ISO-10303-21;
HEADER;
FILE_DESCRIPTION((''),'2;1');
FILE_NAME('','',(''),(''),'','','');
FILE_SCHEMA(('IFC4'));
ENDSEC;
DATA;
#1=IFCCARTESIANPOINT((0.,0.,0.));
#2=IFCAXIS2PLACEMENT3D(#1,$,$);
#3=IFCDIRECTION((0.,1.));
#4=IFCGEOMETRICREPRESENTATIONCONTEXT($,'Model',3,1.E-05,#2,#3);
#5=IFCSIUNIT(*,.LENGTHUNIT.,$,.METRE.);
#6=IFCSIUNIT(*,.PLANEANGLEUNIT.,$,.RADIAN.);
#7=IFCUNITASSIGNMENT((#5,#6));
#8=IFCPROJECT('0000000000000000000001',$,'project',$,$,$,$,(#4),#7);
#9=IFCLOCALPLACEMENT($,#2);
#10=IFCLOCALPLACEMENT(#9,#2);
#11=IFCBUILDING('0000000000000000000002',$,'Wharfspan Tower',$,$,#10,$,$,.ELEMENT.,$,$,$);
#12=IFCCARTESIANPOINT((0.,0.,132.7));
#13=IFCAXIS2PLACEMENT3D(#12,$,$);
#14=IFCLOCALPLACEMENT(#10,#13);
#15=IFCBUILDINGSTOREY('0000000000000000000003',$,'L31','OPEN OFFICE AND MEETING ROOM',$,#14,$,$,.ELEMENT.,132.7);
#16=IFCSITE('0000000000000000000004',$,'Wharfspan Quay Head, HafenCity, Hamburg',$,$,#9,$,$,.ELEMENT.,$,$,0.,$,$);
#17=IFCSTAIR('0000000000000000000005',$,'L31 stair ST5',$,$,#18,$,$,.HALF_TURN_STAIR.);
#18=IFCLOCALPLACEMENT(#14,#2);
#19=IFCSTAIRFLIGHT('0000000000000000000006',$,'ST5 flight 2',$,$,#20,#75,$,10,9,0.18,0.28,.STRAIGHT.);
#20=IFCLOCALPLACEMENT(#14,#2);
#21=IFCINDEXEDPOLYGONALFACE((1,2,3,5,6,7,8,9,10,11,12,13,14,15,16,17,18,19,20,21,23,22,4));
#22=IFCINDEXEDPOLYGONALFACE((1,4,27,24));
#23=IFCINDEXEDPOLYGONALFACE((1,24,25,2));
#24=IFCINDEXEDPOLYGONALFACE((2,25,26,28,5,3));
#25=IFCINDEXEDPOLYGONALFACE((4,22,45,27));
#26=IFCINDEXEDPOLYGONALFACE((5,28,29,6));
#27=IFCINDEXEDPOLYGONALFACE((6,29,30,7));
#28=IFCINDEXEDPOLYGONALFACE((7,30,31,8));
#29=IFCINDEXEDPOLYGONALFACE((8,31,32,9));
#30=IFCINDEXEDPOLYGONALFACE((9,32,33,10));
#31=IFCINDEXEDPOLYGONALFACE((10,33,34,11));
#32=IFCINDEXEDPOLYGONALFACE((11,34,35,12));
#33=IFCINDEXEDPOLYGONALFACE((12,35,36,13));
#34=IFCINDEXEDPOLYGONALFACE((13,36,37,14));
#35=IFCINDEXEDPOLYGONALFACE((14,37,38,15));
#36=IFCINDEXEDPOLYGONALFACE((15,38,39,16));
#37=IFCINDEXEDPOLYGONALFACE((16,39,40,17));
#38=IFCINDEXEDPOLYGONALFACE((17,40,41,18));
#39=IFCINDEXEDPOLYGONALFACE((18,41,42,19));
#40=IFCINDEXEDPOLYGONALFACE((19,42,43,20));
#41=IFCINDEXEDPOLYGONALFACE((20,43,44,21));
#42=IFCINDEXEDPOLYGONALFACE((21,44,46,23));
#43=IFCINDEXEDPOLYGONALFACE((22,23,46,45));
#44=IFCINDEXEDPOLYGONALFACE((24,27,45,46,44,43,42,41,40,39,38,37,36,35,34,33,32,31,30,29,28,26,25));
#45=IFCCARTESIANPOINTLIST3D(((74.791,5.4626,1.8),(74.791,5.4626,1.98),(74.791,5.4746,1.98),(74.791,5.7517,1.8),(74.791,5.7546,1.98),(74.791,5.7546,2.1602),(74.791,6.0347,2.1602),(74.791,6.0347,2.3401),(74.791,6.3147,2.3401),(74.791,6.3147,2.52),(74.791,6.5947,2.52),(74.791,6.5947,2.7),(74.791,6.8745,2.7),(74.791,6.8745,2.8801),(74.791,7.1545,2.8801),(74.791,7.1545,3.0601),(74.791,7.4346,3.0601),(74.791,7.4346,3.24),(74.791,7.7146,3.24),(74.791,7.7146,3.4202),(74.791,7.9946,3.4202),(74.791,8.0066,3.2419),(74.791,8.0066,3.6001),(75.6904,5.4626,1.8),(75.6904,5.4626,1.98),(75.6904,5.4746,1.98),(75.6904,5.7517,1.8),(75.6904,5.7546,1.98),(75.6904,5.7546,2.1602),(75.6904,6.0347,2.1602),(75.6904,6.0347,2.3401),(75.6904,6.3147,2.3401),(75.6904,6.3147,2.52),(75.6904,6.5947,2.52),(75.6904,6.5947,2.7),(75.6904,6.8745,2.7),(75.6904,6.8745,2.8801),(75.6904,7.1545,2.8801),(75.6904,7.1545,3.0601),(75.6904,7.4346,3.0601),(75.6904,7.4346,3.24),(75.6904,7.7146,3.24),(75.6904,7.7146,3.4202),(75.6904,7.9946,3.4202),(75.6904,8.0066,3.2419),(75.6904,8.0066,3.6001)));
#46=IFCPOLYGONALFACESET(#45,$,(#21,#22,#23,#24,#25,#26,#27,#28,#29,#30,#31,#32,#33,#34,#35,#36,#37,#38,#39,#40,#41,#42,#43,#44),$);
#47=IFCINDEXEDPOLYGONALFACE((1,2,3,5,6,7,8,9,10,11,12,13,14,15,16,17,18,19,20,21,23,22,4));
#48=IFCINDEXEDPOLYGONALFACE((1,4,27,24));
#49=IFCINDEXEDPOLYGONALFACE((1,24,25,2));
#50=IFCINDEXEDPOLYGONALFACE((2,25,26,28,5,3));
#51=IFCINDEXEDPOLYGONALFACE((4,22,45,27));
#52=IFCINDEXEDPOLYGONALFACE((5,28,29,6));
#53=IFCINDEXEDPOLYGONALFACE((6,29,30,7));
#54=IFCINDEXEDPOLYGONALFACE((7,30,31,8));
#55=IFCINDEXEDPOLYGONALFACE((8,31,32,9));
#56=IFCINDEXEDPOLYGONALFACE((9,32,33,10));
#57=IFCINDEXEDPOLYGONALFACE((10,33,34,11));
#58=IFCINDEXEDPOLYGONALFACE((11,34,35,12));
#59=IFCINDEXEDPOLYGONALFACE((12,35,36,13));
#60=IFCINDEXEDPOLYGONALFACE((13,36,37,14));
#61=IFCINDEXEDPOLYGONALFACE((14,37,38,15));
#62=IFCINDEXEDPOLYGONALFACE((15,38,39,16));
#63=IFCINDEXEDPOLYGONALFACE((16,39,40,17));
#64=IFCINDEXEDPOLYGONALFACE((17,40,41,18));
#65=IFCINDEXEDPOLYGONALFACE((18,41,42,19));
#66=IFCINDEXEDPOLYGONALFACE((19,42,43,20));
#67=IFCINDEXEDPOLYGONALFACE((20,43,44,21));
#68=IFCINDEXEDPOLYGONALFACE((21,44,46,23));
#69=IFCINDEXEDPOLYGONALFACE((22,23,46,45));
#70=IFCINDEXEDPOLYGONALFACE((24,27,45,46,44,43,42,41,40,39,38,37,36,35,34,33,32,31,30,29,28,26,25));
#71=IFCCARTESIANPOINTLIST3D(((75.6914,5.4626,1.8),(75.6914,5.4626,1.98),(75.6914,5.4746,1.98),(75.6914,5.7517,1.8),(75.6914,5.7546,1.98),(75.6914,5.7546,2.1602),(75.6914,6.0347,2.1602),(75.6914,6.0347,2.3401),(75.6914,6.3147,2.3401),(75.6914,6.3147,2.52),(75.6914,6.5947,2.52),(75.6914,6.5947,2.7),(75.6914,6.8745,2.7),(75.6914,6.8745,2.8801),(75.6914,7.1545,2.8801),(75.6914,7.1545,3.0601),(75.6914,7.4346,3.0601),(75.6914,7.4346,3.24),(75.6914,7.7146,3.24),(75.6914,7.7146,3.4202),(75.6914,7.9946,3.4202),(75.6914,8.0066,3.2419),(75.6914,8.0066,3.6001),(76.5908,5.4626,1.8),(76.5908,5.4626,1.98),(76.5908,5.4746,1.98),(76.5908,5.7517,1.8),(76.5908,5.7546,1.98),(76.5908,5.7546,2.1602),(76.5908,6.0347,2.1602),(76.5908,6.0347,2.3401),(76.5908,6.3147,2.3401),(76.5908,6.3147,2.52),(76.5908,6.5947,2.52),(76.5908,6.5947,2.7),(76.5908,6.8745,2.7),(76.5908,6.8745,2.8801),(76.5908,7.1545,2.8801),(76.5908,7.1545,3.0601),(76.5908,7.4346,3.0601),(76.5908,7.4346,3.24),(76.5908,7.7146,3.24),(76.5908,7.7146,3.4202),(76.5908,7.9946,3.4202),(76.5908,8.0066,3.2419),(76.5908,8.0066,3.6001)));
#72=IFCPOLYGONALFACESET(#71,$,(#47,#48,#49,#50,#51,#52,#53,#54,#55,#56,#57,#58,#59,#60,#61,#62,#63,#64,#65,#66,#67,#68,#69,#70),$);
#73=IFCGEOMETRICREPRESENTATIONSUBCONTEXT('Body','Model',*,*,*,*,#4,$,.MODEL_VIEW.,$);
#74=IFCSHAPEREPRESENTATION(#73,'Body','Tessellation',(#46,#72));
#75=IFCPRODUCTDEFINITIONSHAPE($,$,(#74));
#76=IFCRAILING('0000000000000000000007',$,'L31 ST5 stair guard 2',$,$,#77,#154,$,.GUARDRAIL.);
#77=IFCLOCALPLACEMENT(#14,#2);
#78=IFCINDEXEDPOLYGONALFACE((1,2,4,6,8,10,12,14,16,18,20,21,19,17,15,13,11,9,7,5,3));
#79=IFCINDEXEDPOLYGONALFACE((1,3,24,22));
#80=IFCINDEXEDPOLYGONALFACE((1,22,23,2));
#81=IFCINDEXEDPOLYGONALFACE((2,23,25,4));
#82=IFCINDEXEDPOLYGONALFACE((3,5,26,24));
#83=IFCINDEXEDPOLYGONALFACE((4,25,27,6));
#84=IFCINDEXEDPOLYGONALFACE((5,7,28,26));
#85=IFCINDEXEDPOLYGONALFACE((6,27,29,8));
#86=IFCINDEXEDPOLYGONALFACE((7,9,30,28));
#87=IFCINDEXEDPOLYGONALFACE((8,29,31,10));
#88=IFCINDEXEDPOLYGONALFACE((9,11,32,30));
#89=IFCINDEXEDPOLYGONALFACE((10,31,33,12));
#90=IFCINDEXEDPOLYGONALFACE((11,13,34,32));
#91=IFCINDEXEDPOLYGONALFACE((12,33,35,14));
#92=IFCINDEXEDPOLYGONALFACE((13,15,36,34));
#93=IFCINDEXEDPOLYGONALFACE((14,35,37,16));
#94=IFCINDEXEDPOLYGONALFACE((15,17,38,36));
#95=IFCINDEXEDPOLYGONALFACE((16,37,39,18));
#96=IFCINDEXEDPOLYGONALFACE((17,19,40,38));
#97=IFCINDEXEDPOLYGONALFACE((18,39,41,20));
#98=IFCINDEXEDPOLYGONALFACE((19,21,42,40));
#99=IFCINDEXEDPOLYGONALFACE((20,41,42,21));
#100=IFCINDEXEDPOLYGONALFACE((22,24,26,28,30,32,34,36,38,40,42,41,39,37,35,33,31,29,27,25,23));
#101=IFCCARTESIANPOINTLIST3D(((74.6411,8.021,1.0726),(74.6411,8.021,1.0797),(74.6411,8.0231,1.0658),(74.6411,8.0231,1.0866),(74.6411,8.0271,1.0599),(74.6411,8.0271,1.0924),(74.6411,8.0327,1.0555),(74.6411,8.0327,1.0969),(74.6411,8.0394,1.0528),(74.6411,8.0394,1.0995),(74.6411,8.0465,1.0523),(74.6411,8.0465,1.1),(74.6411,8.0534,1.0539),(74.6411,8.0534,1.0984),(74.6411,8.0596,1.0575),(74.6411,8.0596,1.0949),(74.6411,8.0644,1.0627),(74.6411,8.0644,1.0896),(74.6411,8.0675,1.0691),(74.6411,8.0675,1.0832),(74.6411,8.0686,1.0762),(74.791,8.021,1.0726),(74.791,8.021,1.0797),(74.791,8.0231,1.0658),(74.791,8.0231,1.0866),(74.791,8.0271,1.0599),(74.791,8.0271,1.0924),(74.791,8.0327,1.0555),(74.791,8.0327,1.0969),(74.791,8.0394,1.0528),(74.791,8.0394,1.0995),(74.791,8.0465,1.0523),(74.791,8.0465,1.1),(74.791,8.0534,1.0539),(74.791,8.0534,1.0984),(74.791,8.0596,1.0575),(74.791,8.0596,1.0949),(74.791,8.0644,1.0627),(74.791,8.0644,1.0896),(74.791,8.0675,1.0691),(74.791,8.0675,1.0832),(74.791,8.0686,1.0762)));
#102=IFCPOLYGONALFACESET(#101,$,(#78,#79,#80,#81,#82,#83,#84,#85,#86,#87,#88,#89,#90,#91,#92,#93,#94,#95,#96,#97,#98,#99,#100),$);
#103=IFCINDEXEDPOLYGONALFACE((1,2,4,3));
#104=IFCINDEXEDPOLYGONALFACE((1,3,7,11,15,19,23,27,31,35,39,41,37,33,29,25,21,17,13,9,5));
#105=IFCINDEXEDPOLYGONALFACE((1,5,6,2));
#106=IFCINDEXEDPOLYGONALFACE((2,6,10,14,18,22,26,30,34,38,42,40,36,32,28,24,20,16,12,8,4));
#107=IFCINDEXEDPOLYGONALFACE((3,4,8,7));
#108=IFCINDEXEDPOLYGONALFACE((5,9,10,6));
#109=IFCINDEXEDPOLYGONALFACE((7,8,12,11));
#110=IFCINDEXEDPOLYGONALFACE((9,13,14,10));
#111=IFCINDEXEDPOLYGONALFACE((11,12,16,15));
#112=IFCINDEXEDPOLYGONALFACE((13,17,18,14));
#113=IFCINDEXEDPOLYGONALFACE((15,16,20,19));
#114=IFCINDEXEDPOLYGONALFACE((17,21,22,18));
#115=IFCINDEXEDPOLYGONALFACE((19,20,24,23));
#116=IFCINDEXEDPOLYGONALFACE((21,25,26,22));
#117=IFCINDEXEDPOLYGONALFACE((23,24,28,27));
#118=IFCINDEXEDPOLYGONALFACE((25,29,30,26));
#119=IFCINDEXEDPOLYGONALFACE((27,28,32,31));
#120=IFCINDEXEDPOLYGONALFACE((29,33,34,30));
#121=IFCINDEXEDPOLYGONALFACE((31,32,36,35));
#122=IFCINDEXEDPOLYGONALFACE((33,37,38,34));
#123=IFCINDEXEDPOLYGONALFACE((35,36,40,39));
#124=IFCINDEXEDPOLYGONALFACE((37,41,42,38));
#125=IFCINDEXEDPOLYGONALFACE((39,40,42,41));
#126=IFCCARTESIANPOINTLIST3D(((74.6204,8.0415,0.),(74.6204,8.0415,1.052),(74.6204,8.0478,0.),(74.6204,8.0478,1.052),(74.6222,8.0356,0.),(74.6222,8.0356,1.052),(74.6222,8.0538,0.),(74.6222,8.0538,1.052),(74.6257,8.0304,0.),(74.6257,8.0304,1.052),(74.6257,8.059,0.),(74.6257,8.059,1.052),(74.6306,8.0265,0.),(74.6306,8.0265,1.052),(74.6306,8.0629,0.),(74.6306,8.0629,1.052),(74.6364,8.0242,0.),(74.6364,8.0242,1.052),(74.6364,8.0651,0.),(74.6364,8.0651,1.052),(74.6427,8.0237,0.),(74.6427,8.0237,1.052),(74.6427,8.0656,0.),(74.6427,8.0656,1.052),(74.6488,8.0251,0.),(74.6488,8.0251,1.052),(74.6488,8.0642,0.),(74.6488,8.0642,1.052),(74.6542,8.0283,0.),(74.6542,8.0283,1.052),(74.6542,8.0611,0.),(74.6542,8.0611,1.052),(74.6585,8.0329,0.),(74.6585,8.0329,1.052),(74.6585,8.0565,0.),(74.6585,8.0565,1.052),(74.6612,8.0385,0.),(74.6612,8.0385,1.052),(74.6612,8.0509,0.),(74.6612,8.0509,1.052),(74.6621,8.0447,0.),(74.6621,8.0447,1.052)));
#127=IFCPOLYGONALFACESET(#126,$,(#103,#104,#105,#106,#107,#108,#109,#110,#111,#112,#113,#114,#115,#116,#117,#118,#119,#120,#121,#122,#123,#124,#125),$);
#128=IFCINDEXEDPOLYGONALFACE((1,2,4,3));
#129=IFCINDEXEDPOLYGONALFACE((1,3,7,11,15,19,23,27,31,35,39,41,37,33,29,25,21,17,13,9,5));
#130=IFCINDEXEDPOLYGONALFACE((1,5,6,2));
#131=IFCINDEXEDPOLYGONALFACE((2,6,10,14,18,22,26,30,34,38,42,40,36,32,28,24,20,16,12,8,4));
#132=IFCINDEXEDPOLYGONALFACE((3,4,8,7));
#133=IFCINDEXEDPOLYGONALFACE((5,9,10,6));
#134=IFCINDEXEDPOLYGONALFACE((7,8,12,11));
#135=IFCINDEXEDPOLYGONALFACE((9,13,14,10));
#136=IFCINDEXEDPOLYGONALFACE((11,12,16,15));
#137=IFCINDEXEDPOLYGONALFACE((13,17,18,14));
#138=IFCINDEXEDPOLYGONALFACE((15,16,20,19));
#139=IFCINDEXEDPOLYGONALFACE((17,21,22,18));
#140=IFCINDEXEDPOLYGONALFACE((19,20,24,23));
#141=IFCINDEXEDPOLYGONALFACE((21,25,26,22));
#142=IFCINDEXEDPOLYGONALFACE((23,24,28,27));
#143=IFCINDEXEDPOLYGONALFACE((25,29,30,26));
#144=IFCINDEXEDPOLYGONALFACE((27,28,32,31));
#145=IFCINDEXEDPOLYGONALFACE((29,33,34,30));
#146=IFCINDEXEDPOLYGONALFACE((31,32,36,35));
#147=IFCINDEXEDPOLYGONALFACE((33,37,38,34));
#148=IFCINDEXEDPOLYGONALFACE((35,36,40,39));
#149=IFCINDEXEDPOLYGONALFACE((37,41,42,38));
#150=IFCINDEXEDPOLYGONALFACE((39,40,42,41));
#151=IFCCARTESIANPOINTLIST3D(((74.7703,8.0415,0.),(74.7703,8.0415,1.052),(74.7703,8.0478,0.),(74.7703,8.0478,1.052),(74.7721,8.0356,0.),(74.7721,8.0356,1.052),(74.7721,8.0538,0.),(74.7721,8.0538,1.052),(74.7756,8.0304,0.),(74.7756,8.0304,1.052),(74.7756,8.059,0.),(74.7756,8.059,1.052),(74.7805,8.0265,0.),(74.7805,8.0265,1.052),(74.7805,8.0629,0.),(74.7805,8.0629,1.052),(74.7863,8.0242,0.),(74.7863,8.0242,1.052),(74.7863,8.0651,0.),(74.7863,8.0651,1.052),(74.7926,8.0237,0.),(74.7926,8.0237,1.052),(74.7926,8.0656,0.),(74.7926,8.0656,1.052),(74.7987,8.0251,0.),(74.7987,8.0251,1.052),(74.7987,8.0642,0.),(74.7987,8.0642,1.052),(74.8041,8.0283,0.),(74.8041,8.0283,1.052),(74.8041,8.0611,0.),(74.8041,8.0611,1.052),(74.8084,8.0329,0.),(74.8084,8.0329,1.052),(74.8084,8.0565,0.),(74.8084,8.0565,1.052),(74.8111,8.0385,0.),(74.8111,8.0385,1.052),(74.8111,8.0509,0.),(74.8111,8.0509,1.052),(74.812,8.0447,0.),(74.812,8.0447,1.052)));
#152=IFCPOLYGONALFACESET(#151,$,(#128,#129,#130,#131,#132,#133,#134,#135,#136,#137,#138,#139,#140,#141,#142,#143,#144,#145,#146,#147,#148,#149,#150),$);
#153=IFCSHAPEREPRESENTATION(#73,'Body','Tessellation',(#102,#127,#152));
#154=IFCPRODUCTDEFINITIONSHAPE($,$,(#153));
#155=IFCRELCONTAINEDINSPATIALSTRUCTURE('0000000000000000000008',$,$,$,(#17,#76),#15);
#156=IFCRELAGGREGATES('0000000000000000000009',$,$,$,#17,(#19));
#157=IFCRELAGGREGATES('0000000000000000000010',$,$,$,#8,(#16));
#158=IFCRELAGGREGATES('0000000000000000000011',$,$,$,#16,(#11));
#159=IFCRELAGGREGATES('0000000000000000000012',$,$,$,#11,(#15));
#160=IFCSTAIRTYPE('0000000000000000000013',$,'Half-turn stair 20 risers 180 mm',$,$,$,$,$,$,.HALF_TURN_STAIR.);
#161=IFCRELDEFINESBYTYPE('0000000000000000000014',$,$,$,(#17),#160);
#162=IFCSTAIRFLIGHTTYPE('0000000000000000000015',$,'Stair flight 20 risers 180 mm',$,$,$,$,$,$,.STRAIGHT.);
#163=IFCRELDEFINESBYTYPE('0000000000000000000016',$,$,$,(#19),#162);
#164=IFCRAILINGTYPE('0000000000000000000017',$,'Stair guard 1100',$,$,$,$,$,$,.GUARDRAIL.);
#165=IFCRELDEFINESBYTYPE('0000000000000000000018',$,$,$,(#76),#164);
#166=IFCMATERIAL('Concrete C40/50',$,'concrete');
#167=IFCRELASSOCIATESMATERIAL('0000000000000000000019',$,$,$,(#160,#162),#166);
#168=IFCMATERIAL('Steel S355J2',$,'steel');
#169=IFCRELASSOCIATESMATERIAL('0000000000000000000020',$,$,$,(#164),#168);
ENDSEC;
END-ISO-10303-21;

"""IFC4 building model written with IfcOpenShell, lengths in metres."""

from ifc_helpers import new_model, si_unit, direction, frame, origin, origin_2d, place, context, subcontext, project, spatial, polyline, circle, outline, extrude, material, type_object, element, aggregate, save


model = new_model("IFC4")

# Units and contexts
model_context = context("Model", 3, precision=1e-05, world=origin(), true_north=direction((0.0, 1.0)))
body_context = subcontext(model_context, "Body", "Model", "MODEL_VIEW")
ifc_project = project(units=[si_unit("LENGTHUNIT", "METRE"), si_unit("PLANEANGLEUNIT", "RADIAN")], contexts=[model_context])

# Site, building, storey
site_placement = place(None, origin())
site = spatial("IfcSite", under=ifc_project, at=site_placement, Name="Wharfspan Quay Head, HafenCity, Hamburg", CompositionType="ELEMENT", RefElevation=0.0)
building_placement = place(site_placement, origin())
building = spatial("IfcBuilding", under=site, at=building_placement, Name="Wharfspan Tower", CompositionType="ELEMENT")
storey_placement = place(building_placement, frame((0.0, 0.0, 132.7)))
storey = spatial("IfcBuildingStorey", under=building, at=storey_placement, Name="L31", Description="OPEN OFFICE AND MEETING ROOM", CompositionType="ELEMENT", Elevation=132.7)

# Shared definitions
ifc_material_1 = material(Name="Concrete C40/50", Category="concrete")

# Stair, stair flight
stair_type = type_object("IfcStairType", Name="Half-turn stair 20 risers 180 mm", PredefinedType="HALF_TURN_STAIR", material=ifc_material_1)
stair_placement = place(storey_placement, origin())
stair = element("IfcStair", 1, at=stair_placement, inside=storey, type_object=stair_type, Name="L31 stair ST5", PredefinedType="HALF_TURN_STAIR")
stair_flight_type = type_object("IfcStairFlightType", Name="Stair flight 20 risers 180 mm", PredefinedType="STRAIGHT", material=ifc_material_1)
stair_flight_1_placement = place(storey_placement, frame((75.6909, 5.4746, 1.8), z_axis=(0.0, 0.0, 1.0), x_axis=(0.0, 1.0, 0.0)))
stair_flight_1 = element("IfcStairFlight", 2, at=stair_flight_1_placement, type_object=stair_flight_type, Name="ST5 flight 2", NumberOfRisers=10, NumberOfTreads=9, PredefinedType="STRAIGHT", RiserHeight=0.18, TreadLength=0.28, context=body_context, shape_type="SweptSolid", body=[
    extrude(outline(polyline([(-0.012, 0.0), (-0.012, 0.1799), (0.0, 0.1799), (0.28, 0.1799), (0.28, 0.3601), (0.5601, 0.3601), (0.5601, 0.54), (0.8401, 0.54), (0.8401, 0.72), (1.1201, 0.72), (1.1201, 0.8999), (1.3999, 0.8999), (1.3999, 1.0801), (1.6799, 1.0801), (1.6799, 1.26), (1.96, 1.26), (1.96, 1.4399), (2.24, 1.4399), (2.24, 1.6201), (2.52, 1.6201), (2.532, 1.8), (2.532, 1.4419), (0.2771, 0.0), (-0.012, 0.0)])), frame((0.0, 0.8999, 0.0), z_axis=(0.0, -1.0, 0.0), x_axis=(1.0, 0.0, 0.0)), (0.0, 0.0, 1.0), 0.8994),
    extrude(outline(polyline([(-0.012, 0.0), (-0.012, 0.1799), (0.0, 0.1799), (0.28, 0.1799), (0.28, 0.3601), (0.5601, 0.3601), (0.5601, 0.54), (0.8401, 0.54), (0.8401, 0.72), (1.1201, 0.72), (1.1201, 0.8999), (1.3999, 0.8999), (1.3999, 1.0801), (1.6799, 1.0801), (1.6799, 1.26), (1.96, 1.26), (1.96, 1.4399), (2.24, 1.4399), (2.24, 1.6201), (2.52, 1.6201), (2.532, 1.8), (2.532, 1.4419), (0.2771, 0.0), (-0.012, 0.0)])), frame((0.0, -0.0005, 0.0), z_axis=(0.0, -1.0, 0.0), x_axis=(1.0, 0.0, 0.0)), (0.0, 0.0, 1.0), 0.8994),
])
aggregate(stair, [stair_flight_1])

# Railing
ifc_material_2 = material(Name="Steel S355J2", Category="steel")
railing_type_1 = type_object("IfcRailingType", Name="Stair guard 1100", PredefinedType="GUARDRAIL", material=ifc_material_2)
railing_1_placement = place(storey_placement, frame((74.6411, 8.0447, 0.0)))
element("IfcRailing", 3, at=railing_1_placement, inside=storey, type_object=railing_type_1, Name="L31 ST5 stair guard 2", PredefinedType="GUARDRAIL", context=body_context, shape_type="SweptSolid", body=[
    extrude(circle(Radius=0.0239, at=origin_2d()), frame((0.0, 0.0, 1.0762), z_axis=(1.0, 0.0, 0.0), x_axis=(0.0, 1.0, 0.0)), (0.0, 0.0, 1.0), 0.1499),
    extrude(circle(Radius=0.021, at=origin_2d()), origin(), (0.0, 0.0, 1.0), 1.052),
    extrude(circle(Radius=0.021, at=origin_2d()), frame((0.1499, 0.0, 0.0)), (0.0, 0.0, 1.0), 1.052),
])

save(model, "model.ifc")
